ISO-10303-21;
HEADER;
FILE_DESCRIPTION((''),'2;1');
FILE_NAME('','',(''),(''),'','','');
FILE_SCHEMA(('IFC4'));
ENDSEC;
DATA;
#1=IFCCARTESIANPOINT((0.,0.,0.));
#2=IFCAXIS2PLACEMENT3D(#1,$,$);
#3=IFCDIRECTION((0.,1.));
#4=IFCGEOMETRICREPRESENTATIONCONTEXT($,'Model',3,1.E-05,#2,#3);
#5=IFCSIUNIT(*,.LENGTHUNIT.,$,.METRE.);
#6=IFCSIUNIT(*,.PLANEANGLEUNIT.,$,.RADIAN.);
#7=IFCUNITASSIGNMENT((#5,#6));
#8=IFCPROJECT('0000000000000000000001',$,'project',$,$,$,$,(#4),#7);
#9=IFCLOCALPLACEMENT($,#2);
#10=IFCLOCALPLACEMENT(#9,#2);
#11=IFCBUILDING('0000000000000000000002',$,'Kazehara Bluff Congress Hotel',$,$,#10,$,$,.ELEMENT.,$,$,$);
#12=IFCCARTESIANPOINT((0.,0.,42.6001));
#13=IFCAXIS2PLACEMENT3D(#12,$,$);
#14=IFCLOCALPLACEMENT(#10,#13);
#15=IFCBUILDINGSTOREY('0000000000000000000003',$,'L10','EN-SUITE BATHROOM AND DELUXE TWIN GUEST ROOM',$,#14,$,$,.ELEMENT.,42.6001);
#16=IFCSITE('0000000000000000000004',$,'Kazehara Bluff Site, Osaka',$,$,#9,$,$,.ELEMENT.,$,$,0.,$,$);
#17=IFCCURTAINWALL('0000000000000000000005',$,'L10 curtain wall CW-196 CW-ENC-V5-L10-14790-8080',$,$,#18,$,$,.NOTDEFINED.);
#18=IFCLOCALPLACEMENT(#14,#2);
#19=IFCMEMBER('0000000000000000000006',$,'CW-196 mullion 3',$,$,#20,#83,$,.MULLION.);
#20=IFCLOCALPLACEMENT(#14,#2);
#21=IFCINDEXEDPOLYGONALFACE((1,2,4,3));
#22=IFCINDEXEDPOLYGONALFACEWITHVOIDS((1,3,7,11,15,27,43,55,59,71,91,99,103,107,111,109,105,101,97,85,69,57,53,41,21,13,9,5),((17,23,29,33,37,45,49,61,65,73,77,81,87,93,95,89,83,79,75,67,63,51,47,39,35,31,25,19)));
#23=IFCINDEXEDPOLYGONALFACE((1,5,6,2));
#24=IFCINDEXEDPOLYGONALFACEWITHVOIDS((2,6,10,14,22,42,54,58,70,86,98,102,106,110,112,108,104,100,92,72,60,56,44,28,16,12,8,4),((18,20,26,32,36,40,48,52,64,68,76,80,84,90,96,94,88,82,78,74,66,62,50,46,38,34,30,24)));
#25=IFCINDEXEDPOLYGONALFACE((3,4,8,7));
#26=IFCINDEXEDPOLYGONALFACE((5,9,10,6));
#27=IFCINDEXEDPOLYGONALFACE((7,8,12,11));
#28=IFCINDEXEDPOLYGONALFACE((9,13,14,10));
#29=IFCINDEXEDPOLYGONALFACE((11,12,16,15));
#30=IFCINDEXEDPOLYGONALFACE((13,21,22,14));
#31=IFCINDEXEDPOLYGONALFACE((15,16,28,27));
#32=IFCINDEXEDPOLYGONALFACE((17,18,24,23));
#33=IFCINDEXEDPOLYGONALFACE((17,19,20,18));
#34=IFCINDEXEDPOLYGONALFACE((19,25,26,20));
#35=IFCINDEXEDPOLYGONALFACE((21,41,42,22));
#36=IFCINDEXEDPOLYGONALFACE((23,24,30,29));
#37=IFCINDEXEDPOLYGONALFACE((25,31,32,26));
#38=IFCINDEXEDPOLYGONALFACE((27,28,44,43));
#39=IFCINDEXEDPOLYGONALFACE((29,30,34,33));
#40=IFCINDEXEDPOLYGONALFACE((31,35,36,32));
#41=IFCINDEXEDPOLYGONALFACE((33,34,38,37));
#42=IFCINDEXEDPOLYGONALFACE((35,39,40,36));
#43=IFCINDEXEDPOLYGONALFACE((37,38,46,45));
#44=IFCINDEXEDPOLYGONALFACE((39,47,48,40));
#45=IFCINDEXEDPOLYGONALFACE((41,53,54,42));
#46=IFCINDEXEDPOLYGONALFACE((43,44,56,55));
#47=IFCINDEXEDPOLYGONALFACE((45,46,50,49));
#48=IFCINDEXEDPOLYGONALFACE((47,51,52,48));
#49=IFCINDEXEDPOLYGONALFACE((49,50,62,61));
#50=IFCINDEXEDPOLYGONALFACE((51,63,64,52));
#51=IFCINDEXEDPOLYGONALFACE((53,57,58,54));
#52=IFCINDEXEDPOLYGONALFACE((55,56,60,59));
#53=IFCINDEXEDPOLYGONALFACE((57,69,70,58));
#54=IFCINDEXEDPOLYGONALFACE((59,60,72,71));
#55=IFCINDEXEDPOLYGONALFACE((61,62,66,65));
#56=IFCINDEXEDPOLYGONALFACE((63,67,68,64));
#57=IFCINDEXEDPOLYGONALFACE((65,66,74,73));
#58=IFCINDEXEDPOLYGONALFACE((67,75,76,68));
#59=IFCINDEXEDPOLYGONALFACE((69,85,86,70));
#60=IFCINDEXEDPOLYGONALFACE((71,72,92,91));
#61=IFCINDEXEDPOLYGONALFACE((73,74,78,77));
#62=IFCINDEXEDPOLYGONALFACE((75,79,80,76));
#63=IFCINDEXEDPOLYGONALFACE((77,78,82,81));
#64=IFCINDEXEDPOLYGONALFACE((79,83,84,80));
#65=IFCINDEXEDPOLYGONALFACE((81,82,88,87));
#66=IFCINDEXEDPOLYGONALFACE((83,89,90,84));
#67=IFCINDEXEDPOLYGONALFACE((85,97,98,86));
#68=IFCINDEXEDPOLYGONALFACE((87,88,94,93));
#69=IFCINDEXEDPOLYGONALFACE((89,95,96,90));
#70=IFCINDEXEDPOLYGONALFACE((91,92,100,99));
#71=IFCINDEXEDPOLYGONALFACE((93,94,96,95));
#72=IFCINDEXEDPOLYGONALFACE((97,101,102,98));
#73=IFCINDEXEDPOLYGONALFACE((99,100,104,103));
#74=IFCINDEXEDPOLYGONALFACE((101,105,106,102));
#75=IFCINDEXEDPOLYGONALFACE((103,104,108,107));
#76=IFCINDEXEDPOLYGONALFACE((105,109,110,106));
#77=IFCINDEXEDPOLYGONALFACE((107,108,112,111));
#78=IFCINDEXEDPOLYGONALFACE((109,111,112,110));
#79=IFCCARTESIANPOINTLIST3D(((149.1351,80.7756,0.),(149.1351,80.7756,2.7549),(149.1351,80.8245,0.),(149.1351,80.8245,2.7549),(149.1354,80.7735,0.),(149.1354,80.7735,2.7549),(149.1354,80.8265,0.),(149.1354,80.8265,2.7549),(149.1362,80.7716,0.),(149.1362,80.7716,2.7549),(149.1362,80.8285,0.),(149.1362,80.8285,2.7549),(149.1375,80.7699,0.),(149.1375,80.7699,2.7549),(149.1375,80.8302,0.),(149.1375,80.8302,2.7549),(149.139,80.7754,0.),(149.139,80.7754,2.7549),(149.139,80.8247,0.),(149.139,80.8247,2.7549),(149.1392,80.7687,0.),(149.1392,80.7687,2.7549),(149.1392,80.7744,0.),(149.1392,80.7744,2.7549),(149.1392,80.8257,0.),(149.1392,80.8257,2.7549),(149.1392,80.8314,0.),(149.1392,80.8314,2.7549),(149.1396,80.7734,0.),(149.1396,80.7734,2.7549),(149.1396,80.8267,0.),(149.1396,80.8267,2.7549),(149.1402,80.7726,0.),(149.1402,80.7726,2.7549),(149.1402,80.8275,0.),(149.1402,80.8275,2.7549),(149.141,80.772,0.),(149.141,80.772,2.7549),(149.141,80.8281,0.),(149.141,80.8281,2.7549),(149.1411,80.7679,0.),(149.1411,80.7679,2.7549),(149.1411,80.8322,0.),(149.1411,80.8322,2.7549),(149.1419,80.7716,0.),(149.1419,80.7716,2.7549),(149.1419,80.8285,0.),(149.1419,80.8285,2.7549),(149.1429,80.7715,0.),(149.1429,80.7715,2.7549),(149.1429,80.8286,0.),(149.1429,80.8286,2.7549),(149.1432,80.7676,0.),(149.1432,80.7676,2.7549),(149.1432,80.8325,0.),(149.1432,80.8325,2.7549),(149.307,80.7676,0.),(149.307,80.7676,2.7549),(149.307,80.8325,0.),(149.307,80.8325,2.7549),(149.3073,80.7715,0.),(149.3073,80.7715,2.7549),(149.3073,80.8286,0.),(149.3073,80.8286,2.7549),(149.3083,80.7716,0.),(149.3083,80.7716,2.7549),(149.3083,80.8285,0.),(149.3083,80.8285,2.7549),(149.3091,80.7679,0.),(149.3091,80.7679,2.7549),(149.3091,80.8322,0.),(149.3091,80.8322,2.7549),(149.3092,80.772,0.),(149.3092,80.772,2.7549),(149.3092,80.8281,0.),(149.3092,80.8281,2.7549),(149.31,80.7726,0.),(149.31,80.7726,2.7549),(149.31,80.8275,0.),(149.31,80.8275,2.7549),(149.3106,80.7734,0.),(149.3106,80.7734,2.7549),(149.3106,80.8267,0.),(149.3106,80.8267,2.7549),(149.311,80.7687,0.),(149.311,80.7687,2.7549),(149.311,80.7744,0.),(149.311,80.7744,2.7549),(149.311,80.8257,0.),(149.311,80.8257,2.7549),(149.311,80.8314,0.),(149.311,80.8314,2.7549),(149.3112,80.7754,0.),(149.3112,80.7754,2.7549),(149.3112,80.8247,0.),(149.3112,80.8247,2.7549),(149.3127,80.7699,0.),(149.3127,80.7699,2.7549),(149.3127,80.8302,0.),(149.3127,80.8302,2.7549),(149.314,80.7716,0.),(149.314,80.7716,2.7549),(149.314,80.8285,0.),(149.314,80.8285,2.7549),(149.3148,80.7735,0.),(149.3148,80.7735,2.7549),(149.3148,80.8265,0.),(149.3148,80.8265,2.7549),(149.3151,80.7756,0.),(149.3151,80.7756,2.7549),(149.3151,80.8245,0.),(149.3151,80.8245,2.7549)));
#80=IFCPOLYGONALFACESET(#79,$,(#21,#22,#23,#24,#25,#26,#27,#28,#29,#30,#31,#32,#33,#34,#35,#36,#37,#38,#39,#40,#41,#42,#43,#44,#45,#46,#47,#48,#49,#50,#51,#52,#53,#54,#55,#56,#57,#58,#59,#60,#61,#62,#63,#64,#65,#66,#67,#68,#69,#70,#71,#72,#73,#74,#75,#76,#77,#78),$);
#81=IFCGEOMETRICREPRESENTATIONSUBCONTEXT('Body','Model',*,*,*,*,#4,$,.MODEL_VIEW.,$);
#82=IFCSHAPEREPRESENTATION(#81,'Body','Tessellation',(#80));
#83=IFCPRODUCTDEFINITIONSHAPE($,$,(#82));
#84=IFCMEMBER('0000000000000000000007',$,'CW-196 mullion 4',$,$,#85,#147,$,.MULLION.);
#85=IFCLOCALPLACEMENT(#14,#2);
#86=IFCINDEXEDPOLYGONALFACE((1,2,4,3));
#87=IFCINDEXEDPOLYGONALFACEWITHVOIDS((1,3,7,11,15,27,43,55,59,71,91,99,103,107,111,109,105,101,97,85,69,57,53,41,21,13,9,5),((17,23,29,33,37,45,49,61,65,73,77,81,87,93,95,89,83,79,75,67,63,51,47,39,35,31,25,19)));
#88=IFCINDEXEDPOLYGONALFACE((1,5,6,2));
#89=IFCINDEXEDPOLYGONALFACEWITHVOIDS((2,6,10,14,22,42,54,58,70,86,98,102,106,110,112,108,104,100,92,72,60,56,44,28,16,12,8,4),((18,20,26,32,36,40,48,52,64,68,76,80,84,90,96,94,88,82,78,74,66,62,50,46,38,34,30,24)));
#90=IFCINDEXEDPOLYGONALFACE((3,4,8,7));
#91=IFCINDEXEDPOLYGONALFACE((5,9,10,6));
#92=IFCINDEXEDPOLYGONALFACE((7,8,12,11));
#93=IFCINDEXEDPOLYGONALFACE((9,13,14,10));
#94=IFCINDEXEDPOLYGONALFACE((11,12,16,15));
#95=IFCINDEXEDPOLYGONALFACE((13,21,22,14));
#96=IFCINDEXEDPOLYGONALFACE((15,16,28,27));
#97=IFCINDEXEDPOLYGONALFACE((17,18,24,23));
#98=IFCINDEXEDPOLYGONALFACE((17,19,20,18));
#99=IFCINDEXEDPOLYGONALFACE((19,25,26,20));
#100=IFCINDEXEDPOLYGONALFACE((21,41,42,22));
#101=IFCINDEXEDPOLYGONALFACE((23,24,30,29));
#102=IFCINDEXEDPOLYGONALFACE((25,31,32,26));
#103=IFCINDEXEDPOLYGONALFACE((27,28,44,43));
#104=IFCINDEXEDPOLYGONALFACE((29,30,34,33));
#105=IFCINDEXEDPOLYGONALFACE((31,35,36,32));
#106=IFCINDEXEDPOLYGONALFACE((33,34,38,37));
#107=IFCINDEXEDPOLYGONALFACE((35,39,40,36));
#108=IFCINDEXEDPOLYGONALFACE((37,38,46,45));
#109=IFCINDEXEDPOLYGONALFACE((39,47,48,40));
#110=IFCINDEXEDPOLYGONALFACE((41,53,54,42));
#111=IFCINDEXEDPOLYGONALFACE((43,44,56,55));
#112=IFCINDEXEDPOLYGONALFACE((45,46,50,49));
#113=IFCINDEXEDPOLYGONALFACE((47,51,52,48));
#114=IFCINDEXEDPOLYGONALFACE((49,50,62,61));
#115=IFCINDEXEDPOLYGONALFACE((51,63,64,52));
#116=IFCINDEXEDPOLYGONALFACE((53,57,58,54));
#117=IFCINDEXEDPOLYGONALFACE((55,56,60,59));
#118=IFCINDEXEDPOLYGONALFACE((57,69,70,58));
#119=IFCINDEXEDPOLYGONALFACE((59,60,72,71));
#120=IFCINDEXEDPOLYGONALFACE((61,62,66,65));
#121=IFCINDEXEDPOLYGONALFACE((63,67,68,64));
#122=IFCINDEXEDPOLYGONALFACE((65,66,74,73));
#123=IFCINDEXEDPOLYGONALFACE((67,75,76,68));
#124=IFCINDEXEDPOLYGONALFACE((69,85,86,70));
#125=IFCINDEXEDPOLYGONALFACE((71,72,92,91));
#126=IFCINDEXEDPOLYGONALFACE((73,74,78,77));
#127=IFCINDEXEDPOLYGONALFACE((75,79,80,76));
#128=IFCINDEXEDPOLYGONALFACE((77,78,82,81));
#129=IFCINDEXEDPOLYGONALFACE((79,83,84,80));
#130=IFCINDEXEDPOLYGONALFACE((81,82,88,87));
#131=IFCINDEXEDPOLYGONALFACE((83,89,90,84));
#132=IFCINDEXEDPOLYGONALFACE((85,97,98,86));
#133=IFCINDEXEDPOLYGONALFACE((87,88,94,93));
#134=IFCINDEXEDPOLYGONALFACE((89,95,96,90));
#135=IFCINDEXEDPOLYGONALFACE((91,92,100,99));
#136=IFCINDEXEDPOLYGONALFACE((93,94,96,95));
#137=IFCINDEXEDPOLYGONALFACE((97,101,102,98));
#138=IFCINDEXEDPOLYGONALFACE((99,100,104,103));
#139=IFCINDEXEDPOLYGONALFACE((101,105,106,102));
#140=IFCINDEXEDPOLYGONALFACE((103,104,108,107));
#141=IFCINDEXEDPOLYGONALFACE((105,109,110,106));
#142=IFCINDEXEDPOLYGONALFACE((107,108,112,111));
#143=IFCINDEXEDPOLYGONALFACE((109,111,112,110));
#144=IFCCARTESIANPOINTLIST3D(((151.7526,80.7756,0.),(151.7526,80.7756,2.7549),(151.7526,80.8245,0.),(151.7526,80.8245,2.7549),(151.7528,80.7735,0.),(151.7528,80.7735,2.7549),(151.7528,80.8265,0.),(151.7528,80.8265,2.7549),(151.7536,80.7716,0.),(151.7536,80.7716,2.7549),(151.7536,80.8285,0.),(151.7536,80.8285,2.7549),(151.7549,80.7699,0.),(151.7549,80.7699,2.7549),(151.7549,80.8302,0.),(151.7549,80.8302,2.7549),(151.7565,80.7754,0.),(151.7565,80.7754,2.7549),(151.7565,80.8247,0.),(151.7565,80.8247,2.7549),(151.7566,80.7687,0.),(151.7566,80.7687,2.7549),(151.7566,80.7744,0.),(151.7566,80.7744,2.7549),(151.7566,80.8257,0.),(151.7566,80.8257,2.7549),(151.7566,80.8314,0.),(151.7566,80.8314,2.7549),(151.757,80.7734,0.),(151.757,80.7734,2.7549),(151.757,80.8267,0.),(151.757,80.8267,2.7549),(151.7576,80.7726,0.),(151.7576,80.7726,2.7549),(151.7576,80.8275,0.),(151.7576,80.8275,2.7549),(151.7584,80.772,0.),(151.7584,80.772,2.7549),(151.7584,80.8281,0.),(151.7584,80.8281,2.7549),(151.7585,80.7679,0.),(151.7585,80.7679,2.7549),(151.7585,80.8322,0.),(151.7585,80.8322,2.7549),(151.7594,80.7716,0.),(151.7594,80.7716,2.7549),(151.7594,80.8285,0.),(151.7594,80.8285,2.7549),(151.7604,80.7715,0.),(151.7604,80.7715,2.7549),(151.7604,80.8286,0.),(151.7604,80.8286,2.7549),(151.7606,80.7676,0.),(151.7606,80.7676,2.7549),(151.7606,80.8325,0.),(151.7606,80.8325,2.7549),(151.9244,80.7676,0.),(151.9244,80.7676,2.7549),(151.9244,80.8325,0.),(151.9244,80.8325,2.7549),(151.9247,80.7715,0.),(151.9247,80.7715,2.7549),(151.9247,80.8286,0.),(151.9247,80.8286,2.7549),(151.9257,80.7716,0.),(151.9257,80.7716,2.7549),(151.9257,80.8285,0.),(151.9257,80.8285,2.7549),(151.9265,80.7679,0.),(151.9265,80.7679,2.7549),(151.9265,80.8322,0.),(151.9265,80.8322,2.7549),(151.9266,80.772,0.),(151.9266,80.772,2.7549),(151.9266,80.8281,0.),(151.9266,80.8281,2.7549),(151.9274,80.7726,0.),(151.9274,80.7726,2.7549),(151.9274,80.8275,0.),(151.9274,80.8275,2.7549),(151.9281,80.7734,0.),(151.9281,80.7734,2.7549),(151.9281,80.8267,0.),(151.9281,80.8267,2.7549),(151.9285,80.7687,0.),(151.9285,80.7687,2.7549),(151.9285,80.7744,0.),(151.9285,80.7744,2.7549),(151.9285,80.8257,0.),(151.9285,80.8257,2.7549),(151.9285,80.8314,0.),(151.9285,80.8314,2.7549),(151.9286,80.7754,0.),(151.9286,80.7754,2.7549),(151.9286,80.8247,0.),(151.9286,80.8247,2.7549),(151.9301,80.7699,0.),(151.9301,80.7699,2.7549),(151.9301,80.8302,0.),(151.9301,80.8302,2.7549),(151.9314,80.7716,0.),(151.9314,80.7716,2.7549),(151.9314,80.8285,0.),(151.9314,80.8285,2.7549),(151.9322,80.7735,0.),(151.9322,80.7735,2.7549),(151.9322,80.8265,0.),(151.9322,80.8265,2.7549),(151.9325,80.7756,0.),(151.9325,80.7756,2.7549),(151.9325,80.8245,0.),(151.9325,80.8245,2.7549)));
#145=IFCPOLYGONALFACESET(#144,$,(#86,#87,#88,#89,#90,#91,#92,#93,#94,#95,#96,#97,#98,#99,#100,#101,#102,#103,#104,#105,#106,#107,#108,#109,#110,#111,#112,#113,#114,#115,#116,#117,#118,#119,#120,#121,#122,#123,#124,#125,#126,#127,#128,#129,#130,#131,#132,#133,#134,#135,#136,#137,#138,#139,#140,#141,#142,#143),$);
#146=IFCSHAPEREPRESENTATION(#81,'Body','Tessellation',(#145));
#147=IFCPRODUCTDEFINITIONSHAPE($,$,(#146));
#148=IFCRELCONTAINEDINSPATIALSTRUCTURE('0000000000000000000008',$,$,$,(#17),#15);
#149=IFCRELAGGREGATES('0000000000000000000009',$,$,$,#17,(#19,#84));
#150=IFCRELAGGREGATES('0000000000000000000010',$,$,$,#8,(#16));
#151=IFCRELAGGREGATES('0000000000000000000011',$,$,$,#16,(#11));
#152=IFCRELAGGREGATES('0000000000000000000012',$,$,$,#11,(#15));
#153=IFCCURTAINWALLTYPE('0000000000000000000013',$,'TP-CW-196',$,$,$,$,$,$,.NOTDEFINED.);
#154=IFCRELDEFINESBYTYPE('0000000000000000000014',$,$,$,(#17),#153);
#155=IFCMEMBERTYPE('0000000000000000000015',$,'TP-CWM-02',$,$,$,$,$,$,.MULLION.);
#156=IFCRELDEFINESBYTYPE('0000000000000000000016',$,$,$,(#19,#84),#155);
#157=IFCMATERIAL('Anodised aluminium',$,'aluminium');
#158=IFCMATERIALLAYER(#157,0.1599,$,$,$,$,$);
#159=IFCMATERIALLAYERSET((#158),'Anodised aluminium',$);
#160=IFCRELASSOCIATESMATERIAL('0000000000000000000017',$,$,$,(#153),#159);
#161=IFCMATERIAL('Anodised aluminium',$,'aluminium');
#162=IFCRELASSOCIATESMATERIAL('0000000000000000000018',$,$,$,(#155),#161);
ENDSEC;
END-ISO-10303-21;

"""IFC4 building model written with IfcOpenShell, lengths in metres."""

from ifc_helpers import new_model, si_unit, direction, frame, origin, origin_2d, place, context, subcontext, project, spatial, hollow_rectangle, extrude, material, layer, layer_set, material_profile, profile_set, type_object, element, aggregate, save


model = new_model("IFC4")

# Units and contexts
model_context = context("Model", 3, precision=1e-05, world=origin(), true_north=direction((0.0, 1.0)))
body_context = subcontext(model_context, "Body", "Model", "MODEL_VIEW")
ifc_project = project(units=[si_unit("LENGTHUNIT", "METRE"), si_unit("PLANEANGLEUNIT", "RADIAN")], contexts=[model_context])

# Site, building, storey
site_placement = place(None, origin())
site = spatial("IfcSite", under=ifc_project, at=site_placement, Name="Kazehara Bluff Site, Osaka", CompositionType="ELEMENT", RefElevation=0.0)
building_placement = place(site_placement, origin())
building = spatial("IfcBuilding", under=site, at=building_placement, Name="Kazehara Bluff Congress Hotel", CompositionType="ELEMENT")
storey_placement = place(building_placement, frame((0.0, 0.0, 42.6001)))
storey = spatial("IfcBuildingStorey", under=building, at=storey_placement, Name="L10", Description="EN-SUITE BATHROOM AND DELUXE TWIN GUEST ROOM", CompositionType="ELEMENT", Elevation=42.6001)

# Curtain wall, members
ifc_material_1 = material(Name="Anodised aluminium", Category="aluminium")
ifc_layer_1 = layer(ifc_material_1, 0.1599)
ifc_layer_set_1 = layer_set([ifc_layer_1], Name="Anodised aluminium")
curtain_wall_type = type_object("IfcCurtainWallType", Name="TP-CW-196", PredefinedType="NOTDEFINED", material=ifc_layer_set_1)
curtain_wall_placement = place(storey_placement, origin())
curtain_wall = element("IfcCurtainWall", 1, at=curtain_wall_placement, inside=storey, type_object=curtain_wall_type, Name="L10 curtain wall CW-196 CW-ENC-V5-L10-14790-8080", PredefinedType="NOTDEFINED")
ifc_material_2 = material(Name="Anodised aluminium", Category="aluminium")
ifc_material_profile_1 = material_profile(ifc_material_2, hollow_rectangle(XDim=0.0649, YDim=0.1799, WallThickness=0.0039, InnerFilletRadius=0.0039, OuterFilletRadius=0.0081, at=origin_2d()))
ifc_profile_set_1 = profile_set([ifc_material_profile_1], Name="Anodised aluminium")
member_type_1 = type_object("IfcMemberType", Name="TP-CWM-02", PredefinedType="MULLION", material=ifc_profile_set_1)
member_1_placement = place(storey_placement, frame((149.2251, 80.8, 0.0), z_axis=(0.0, 0.0, 1.0), x_axis=(0.0, 1.0, 0.0)))
member_1 = element("IfcMember", 2, at=member_1_placement, type_object=member_type_1, Name="CW-196 mullion 3", PredefinedType="MULLION", context=body_context, shape_type="SweptSolid", body=[
    extrude(hollow_rectangle(XDim=0.0649, YDim=0.1799, WallThickness=0.0039, InnerFilletRadius=0.0039, OuterFilletRadius=0.0081, at=origin_2d()), origin(), (0.0, 0.0, 1.0), 2.7549),
])
member_2_placement = place(storey_placement, frame((151.8425, 80.8, 0.0), z_axis=(0.0, 0.0, 1.0), x_axis=(0.0, 1.0, 0.0)))
member_2 = element("IfcMember", 3, at=member_2_placement, type_object=member_type_1, Name="CW-196 mullion 4", PredefinedType="MULLION", context=body_context, shape_type="SweptSolid", body=[
    extrude(hollow_rectangle(XDim=0.0649, YDim=0.1799, WallThickness=0.0039, InnerFilletRadius=0.0039, OuterFilletRadius=0.0081, at=origin_2d()), origin(), (0.0, 0.0, 1.0), 2.7549),
])

aggregate(curtain_wall, [member_1, member_2])

save(model, "model.ifc")
